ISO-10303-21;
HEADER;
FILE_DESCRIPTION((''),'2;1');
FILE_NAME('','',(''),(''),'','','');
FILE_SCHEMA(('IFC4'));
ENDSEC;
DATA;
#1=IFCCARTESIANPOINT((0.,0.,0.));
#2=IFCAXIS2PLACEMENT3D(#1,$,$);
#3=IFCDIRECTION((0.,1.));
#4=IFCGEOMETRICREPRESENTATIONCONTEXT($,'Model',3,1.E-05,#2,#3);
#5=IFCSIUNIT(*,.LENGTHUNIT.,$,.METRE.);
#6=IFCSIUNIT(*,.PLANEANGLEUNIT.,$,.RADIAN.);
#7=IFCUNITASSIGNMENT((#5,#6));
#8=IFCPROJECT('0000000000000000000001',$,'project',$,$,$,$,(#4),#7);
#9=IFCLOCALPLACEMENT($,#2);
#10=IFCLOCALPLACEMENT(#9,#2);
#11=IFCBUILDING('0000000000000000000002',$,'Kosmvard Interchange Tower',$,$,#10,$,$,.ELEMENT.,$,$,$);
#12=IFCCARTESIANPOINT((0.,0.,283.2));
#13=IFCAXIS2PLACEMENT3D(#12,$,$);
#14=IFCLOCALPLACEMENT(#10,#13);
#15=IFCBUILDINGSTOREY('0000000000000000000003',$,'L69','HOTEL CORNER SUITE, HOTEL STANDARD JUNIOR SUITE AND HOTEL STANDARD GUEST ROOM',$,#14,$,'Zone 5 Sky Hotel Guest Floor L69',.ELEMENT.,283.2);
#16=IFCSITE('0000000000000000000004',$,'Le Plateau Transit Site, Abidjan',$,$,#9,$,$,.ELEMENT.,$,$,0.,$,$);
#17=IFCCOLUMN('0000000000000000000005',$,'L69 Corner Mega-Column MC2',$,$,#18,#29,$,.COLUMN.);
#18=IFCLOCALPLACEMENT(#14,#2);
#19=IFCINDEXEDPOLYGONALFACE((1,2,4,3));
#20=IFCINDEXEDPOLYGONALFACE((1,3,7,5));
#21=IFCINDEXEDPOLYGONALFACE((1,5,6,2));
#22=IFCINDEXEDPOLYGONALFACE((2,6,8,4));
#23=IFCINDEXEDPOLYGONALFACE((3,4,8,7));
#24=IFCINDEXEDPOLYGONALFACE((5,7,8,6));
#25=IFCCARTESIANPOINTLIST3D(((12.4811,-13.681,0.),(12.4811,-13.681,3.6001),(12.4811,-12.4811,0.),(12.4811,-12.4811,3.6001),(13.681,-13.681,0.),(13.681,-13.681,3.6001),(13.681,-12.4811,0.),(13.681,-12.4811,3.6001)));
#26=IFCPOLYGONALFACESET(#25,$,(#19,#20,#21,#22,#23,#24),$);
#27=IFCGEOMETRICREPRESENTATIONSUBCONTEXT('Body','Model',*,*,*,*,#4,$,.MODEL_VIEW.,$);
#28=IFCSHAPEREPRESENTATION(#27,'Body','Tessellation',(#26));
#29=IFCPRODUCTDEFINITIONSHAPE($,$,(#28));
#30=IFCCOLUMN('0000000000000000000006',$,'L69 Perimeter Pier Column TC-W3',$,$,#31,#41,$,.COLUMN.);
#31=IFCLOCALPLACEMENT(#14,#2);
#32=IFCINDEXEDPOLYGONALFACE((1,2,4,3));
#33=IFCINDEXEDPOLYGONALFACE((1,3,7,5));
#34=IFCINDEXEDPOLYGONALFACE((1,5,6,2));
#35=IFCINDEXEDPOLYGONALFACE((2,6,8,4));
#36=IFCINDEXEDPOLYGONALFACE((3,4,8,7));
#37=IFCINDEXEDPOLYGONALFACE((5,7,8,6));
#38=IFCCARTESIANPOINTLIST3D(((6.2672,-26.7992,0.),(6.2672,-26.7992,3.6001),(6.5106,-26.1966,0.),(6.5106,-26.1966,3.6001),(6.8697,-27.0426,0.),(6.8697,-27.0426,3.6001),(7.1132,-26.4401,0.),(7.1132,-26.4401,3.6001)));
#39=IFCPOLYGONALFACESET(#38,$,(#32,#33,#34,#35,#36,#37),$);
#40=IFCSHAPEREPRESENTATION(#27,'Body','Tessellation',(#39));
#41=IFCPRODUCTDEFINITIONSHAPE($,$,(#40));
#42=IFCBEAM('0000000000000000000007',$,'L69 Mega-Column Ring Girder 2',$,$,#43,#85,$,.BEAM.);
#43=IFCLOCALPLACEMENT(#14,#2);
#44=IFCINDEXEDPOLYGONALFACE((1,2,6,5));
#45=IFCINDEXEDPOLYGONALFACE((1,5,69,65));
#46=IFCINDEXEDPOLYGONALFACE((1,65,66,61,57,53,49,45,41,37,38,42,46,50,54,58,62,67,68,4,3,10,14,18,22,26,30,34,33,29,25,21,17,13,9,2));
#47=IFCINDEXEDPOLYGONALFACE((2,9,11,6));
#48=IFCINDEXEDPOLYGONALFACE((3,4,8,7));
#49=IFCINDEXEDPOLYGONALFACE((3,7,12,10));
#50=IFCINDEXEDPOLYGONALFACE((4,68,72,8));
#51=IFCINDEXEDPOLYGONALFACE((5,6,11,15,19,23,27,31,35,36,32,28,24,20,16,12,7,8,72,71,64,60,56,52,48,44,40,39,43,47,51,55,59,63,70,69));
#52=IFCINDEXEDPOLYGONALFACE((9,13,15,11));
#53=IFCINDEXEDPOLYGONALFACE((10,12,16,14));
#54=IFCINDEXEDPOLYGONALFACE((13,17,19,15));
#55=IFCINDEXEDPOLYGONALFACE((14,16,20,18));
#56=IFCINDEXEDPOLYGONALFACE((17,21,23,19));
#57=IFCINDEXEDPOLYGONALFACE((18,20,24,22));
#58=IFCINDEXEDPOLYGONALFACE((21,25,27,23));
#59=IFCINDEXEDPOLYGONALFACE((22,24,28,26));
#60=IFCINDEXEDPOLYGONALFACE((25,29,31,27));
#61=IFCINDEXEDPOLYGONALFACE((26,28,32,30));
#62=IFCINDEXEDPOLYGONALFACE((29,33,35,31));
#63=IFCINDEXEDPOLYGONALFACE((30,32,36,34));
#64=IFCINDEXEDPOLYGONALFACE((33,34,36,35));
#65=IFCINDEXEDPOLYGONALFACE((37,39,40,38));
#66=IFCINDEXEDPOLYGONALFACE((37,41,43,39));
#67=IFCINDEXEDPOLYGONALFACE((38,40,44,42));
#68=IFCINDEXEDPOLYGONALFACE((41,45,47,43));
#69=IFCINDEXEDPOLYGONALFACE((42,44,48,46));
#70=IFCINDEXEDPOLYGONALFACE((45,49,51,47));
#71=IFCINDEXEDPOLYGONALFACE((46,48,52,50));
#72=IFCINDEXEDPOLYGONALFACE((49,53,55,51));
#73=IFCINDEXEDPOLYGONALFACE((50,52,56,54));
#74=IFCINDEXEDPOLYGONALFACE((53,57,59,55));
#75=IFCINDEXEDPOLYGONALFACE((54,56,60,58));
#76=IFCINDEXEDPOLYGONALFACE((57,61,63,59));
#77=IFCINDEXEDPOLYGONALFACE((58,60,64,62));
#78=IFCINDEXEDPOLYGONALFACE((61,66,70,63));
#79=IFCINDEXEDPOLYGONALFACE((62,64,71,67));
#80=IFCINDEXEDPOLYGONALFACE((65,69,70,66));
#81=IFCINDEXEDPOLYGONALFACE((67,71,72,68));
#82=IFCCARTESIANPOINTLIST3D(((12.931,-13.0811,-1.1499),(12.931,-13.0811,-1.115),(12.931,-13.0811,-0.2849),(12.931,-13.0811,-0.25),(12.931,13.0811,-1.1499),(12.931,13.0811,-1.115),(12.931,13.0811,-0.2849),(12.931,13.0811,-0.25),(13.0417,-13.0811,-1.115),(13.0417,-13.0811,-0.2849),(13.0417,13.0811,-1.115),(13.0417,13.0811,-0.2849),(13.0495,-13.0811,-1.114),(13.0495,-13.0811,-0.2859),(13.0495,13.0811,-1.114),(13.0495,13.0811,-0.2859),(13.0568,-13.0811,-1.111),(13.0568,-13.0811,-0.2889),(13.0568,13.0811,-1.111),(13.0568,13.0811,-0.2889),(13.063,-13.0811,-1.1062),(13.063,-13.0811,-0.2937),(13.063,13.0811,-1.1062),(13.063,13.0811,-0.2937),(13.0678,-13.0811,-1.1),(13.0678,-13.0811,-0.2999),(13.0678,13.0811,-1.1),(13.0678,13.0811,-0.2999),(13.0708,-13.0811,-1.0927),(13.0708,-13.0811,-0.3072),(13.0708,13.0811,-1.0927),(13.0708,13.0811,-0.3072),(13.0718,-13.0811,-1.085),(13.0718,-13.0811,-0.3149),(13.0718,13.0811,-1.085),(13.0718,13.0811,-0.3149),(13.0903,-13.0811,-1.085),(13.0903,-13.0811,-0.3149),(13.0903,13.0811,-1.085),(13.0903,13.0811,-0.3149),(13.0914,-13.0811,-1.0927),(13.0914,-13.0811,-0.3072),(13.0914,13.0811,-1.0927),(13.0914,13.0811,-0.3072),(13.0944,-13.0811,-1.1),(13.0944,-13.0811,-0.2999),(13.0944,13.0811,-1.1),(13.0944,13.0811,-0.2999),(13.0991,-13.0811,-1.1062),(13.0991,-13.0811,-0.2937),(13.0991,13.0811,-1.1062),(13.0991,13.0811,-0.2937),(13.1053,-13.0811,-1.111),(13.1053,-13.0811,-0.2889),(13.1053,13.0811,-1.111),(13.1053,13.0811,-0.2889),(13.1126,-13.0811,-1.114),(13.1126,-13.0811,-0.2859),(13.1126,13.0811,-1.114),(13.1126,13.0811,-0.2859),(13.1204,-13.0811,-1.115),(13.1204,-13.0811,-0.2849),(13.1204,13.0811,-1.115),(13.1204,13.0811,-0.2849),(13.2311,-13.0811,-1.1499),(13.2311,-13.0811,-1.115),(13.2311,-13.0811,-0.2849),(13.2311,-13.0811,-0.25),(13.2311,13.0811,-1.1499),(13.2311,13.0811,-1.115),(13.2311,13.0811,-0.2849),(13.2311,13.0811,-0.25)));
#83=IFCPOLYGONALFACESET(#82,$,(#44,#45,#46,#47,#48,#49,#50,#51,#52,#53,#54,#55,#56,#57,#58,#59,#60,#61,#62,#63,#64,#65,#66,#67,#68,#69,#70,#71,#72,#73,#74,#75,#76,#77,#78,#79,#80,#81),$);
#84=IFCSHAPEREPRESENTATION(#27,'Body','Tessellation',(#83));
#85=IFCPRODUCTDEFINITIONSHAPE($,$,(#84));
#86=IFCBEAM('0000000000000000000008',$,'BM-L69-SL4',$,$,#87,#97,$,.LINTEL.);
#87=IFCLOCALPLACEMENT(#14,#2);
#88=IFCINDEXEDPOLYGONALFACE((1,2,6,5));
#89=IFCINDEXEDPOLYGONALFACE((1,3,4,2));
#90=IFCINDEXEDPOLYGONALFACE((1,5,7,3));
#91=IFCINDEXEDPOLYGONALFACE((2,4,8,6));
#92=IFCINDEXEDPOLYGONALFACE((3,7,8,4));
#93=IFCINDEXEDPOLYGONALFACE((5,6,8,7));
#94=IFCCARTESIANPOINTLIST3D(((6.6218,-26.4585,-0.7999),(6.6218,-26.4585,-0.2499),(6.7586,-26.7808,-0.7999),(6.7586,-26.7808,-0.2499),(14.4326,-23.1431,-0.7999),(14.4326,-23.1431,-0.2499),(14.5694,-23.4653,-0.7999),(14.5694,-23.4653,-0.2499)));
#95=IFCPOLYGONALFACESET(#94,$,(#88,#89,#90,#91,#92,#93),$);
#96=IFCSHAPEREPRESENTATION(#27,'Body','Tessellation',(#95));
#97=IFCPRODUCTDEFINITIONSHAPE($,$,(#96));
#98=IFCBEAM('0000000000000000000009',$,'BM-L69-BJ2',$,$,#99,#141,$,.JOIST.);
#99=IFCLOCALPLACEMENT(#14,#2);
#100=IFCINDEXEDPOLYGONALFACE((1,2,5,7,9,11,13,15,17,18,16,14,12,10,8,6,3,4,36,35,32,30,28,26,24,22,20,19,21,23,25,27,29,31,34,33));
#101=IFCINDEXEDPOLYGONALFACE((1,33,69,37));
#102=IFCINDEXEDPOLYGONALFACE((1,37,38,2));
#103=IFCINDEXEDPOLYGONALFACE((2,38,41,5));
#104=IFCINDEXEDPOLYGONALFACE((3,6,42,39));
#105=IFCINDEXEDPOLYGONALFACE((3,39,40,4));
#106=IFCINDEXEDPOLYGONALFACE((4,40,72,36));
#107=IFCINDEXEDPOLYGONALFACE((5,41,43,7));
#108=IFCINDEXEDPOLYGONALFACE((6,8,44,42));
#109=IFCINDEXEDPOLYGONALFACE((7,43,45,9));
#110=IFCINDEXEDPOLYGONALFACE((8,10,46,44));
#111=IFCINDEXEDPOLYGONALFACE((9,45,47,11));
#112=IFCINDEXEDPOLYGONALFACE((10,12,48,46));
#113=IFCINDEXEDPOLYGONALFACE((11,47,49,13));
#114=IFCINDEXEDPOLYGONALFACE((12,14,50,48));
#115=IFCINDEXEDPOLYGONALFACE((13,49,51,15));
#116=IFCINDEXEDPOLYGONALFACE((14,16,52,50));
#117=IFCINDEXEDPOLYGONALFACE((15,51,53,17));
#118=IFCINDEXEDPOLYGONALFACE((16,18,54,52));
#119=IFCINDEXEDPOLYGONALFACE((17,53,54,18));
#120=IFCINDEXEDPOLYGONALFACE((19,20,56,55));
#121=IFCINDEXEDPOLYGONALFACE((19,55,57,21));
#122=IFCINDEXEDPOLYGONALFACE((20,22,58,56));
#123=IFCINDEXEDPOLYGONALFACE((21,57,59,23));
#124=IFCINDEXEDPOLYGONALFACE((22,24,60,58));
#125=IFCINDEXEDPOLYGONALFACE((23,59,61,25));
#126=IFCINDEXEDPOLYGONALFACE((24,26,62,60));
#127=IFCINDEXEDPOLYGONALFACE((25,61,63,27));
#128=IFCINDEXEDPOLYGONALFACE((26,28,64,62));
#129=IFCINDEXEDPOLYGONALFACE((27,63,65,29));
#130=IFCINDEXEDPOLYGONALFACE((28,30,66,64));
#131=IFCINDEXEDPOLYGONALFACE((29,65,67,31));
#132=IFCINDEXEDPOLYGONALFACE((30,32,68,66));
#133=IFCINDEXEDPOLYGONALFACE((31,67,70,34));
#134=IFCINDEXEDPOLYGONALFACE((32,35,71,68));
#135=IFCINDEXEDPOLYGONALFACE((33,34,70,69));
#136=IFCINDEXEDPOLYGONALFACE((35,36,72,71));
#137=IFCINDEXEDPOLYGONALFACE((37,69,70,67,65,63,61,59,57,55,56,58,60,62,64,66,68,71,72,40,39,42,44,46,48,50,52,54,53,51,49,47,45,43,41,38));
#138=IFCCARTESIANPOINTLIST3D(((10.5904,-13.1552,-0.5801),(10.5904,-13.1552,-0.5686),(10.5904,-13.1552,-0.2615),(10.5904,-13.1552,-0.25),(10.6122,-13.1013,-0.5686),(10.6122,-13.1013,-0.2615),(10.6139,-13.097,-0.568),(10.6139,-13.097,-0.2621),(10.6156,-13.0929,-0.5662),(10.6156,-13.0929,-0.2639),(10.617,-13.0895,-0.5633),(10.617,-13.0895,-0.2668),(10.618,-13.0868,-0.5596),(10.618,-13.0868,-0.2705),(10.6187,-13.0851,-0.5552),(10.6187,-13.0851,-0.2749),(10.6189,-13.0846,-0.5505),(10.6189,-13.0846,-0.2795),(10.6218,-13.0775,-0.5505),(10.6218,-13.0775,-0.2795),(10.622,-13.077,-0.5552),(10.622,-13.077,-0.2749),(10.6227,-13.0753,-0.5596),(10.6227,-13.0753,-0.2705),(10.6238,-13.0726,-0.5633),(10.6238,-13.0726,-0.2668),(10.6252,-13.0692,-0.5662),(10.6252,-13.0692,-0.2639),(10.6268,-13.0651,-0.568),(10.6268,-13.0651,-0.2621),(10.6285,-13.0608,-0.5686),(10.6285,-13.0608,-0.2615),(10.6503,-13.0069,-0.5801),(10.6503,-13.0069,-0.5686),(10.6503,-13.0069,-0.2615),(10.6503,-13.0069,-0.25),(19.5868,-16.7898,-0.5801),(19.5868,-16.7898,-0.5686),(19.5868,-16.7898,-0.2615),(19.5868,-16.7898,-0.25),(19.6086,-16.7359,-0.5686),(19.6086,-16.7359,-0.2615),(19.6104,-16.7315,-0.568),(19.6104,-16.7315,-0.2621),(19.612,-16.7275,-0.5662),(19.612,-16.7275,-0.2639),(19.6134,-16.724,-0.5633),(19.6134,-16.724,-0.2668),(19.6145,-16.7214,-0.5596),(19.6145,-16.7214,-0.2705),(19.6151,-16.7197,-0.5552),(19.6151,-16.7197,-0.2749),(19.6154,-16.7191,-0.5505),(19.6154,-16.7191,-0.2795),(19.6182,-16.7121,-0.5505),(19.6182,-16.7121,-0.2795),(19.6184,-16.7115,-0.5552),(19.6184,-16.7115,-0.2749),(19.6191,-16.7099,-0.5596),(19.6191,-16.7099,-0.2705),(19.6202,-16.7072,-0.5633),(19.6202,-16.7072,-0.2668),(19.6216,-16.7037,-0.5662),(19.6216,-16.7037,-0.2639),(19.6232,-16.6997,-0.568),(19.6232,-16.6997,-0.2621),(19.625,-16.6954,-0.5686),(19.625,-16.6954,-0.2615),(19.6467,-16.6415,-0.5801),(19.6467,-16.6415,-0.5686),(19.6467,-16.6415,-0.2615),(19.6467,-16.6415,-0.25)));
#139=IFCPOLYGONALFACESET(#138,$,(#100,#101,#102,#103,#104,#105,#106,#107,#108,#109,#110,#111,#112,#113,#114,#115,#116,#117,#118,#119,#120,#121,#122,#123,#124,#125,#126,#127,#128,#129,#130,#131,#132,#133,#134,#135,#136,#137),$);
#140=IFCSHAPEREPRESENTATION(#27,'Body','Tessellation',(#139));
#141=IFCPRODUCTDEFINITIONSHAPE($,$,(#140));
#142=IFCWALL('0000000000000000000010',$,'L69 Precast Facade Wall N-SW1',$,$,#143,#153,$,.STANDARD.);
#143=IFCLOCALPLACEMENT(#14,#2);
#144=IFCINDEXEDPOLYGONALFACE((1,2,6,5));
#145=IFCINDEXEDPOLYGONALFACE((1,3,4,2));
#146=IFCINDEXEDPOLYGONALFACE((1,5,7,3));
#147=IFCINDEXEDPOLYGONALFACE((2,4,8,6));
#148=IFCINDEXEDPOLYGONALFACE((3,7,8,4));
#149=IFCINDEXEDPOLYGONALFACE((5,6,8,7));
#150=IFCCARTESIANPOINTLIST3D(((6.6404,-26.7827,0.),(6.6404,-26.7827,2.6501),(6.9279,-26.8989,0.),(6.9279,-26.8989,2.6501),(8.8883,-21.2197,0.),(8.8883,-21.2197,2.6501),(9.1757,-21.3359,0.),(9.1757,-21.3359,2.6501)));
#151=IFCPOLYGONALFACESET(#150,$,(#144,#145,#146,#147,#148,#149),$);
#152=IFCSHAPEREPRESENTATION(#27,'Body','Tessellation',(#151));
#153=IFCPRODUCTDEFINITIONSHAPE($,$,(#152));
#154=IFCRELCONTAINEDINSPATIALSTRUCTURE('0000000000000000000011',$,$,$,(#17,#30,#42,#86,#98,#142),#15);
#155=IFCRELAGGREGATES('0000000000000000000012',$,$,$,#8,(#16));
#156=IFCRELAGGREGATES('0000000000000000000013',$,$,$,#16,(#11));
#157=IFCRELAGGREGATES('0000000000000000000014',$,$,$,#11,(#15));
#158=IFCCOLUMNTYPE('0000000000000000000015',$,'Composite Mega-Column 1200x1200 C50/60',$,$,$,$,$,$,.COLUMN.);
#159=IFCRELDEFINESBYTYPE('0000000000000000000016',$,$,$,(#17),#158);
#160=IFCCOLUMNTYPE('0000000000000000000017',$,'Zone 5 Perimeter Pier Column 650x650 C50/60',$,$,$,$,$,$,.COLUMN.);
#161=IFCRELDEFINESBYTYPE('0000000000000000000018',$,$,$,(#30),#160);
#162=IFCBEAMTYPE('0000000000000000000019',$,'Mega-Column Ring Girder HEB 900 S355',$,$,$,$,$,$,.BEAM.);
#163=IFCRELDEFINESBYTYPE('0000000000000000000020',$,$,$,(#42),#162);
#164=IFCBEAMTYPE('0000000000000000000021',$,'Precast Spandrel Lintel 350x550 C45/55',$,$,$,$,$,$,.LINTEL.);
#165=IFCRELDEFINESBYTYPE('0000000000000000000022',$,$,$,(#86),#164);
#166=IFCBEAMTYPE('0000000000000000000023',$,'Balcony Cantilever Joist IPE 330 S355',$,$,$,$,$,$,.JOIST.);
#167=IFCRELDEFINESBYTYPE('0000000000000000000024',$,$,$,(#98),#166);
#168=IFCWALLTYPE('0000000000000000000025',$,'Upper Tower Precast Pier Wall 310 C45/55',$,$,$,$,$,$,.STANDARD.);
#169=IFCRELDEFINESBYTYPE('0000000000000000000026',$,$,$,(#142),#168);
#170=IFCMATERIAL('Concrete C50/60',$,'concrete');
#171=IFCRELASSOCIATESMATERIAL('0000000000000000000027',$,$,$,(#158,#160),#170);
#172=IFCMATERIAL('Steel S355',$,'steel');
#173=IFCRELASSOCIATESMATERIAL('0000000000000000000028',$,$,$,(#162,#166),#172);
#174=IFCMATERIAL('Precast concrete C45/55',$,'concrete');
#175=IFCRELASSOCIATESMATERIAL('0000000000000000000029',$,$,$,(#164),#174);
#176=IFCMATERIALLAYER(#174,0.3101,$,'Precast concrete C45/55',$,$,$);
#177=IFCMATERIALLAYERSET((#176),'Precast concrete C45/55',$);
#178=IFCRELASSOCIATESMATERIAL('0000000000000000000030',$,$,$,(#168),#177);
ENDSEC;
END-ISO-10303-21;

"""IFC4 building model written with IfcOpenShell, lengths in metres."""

from ifc_helpers import new_model, si_unit, direction, frame, frame_2d, origin, origin_2d, place, context, subcontext, project, spatial, rectangle, i_section, extrude, source, transform, mapped, material, layer, layer_set, material_profile, profile_set, type_object, element, save


model = new_model("IFC4")

# Units and contexts
model_context = context("Model", 3, precision=1e-05, world=origin(), true_north=direction((0.0, 1.0)))
body_context = subcontext(model_context, "Body", "Model", "MODEL_VIEW")
ifc_project = project(units=[si_unit("LENGTHUNIT", "METRE"), si_unit("PLANEANGLEUNIT", "RADIAN")], contexts=[model_context])

# Site, building, storey
site_placement = place(None, origin())
site = spatial("IfcSite", under=ifc_project, at=site_placement, Name="Le Plateau Transit Site, Abidjan", CompositionType="ELEMENT", RefElevation=0.0)
building_placement = place(site_placement, origin())
building = spatial("IfcBuilding", under=site, at=building_placement, Name="Kosmvard Interchange Tower", CompositionType="ELEMENT")
storey_placement = place(building_placement, frame((0.0, 0.0, 283.2)))
storey = spatial("IfcBuildingStorey", under=building, at=storey_placement, Name="L69", Description="HOTEL CORNER SUITE, HOTEL STANDARD JUNIOR SUITE AND HOTEL STANDARD GUEST ROOM", LongName="Zone 5 Sky Hotel Guest Floor L69", CompositionType="ELEMENT", Elevation=283.2)

# Columns
ifc_material_1 = material(Name="Concrete C50/60", Category="concrete")
ifc_material_profile_1 = material_profile(ifc_material_1, rectangle(XDim=1.2, YDim=1.2, at=origin_2d()), Name="MC 1200x1200")
ifc_profile_set_1 = profile_set([ifc_material_profile_1], Name="Concrete C50/60")
column_type_1 = type_object("IfcColumnType", Name="Composite Mega-Column 1200x1200 C50/60", PredefinedType="COLUMN", material=ifc_profile_set_1)
shared_shape_1 = source(origin(), body_context, "Body", "SweptSolid", [
    extrude(rectangle(XDim=1.2, YDim=1.2, at=origin_2d()), origin(), (0.0, 0.0, 1.0), 3.6001),
])
column_1_placement = place(storey_placement, frame((13.0811, -13.0811, 0.0), z_axis=(0.0, 0.0, 1.0), x_axis=(1.0, 0.0, 0.0)))
element("IfcColumn", 1, at=column_1_placement, inside=storey, type_object=column_type_1, Name="L69 Corner Mega-Column MC2", PredefinedType="COLUMN", context=body_context, shape_type="MappedRepresentation", body=[
    mapped(shared_shape_1, transform((0.0, 0.0, 0.0), scale=1.0)),
])
ifc_material_profile_2 = material_profile(ifc_material_1, rectangle(XDim=0.6499, YDim=0.6499, at=origin_2d()), Name="TC 650x650")
ifc_profile_set_2 = profile_set([ifc_material_profile_2], Name="Concrete C50/60")
column_type_2 = type_object("IfcColumnType", Name="Zone 5 Perimeter Pier Column 650x650 C50/60", PredefinedType="COLUMN", material=ifc_profile_set_2)
shared_shape_2 = source(origin(), body_context, "Body", "SweptSolid", [
    extrude(rectangle(XDim=0.6499, YDim=0.6499, at=origin_2d()), origin(), (0.0, 0.0, 1.0), 3.6001),
])
column_2_placement = place(storey_placement, frame((6.6902, -26.6196, 0.0), z_axis=(0.0, 0.0, 1.0), x_axis=(0.374607, 0.927184, 0.0)))
element("IfcColumn", 2, at=column_2_placement, inside=storey, type_object=column_type_2, Name="L69 Perimeter Pier Column TC-W3", PredefinedType="COLUMN", context=body_context, shape_type="MappedRepresentation", body=[
    mapped(shared_shape_2, transform((0.0, 0.0, 0.0), scale=1.0)),
])

# Beams
ifc_material_2 = material(Name="Steel S355", Category="steel")
ifc_material_profile_3 = material_profile(ifc_material_2, i_section(OverallWidth=0.3, OverallDepth=0.8999, WebThickness=0.0186, FlangeThickness=0.0349, FilletRadius=0.03, at=origin_2d()), Name="HEB 900")
ifc_profile_set_3 = profile_set([ifc_material_profile_3], Name="Steel S355")
beam_type_1 = type_object("IfcBeamType", Name="Mega-Column Ring Girder HEB 900 S355", PredefinedType="BEAM", material=ifc_profile_set_3)
shared_shape_3 = source(origin(), body_context, "Body", "SweptSolid", [
    extrude(i_section(OverallWidth=0.3, OverallDepth=0.8999, WebThickness=0.0186, FlangeThickness=0.0349, FilletRadius=0.03, at=origin_2d()), origin(), (0.0, 0.0, 1.0), 26.1621),
])
beam_1_placement = place(storey_placement, frame((13.0811, -13.0811, -0.7), z_axis=(0.0, 1.0, 0.0), x_axis=(-1.0, 0.0, 0.0)))
element("IfcBeam", 3, at=beam_1_placement, inside=storey, type_object=beam_type_1, Name="L69 Mega-Column Ring Girder 2", PredefinedType="BEAM", context=body_context, shape_type="MappedRepresentation", body=[
    mapped(shared_shape_3, transform((0.0, 0.0, 0.0), scale=1.0)),
])
ifc_material_3 = material(Name="Precast concrete C45/55", Category="concrete")
ifc_material_profile_4 = material_profile(ifc_material_3, rectangle(XDim=0.3501, YDim=0.55, at=origin_2d()), Name="SL 350x550")
ifc_profile_set_4 = profile_set([ifc_material_profile_4], Name="Precast concrete C45/55")
beam_type_2 = type_object("IfcBeamType", Name="Precast Spandrel Lintel 350x550 C45/55", PredefinedType="LINTEL", material=ifc_profile_set_4)
shared_shape_4 = source(origin(), body_context, "Body", "SweptSolid", [
    extrude(rectangle(XDim=0.3501, YDim=0.55, at=origin_2d()), origin(), (0.0, 0.0, 1.0), 8.4854),
])
beam_2_placement = place(storey_placement, frame((6.6902, -26.6196, -0.5249), z_axis=(0.920507, 0.390726, 0.0), x_axis=(-0.390726, 0.920507, 0.0)))
element("IfcBeam", 4, at=beam_2_placement, inside=storey, type_object=beam_type_2, Name="BM-L69-SL4", PredefinedType="LINTEL", context=body_context, shape_type="MappedRepresentation", body=[
    mapped(shared_shape_4, transform((0.0, 0.0, 0.0), scale=1.0)),
])
ifc_material_profile_5 = material_profile(ifc_material_2, i_section(OverallWidth=0.1599, OverallDepth=0.3301, WebThickness=0.0076, FlangeThickness=0.0115, FilletRadius=0.0181, at=origin_2d()), Name="IPE 330")
ifc_profile_set_5 = profile_set([ifc_material_profile_5], Name="Steel S355")
beam_type_3 = type_object("IfcBeamType", Name="Balcony Cantilever Joist IPE 330 S355", PredefinedType="JOIST", material=ifc_profile_set_5)
shared_shape_5 = source(origin(), body_context, "Body", "SweptSolid", [
    extrude(i_section(OverallWidth=0.1599, OverallDepth=0.3301, WebThickness=0.0076, FlangeThickness=0.0115, FilletRadius=0.0181, at=origin_2d()), origin(), (0.0, 0.0, 1.0), 9.7029),
])
beam_3_placement = place(storey_placement, frame((10.6204, -13.0811, -0.415), z_axis=(0.927192, -0.374586, 0.0), x_axis=(0.374586, 0.927192, 0.0)))
element("IfcBeam", 5, at=beam_3_placement, inside=storey, type_object=beam_type_3, Name="BM-L69-BJ2", PredefinedType="JOIST", context=body_context, shape_type="MappedRepresentation", body=[
    mapped(shared_shape_5, transform((0.0, 0.0, 0.0), scale=1.0)),
])

# Wall
ifc_layer_1 = layer(ifc_material_3, 0.3101, Name="Precast concrete C45/55")
ifc_layer_set_1 = layer_set([ifc_layer_1], Name="Precast concrete C45/55")
wall_type_1 = type_object("IfcWallType", Name="Upper Tower Precast Pier Wall 310 C45/55", PredefinedType="STANDARD", material=ifc_layer_set_1)
wall_1_placement = place(storey_placement, frame((6.7842, -26.8408, 0.0), z_axis=(0.0, 0.0, 1.0), x_axis=(0.374637, 0.927172, 0.0)))
element("IfcWall", 6, at=wall_1_placement, inside=storey, type_object=wall_type_1, Name="L69 Precast Facade Wall N-SW1", PredefinedType="STANDARD", context=body_context, shape_type="SweptSolid", body=[
    extrude(rectangle(XDim=6.0, YDim=0.3101, at=frame_2d((3.0, 0.0))), origin(), (0.0, 0.0, 1.0), 2.6501),
])

save(model, "model.ifc")
